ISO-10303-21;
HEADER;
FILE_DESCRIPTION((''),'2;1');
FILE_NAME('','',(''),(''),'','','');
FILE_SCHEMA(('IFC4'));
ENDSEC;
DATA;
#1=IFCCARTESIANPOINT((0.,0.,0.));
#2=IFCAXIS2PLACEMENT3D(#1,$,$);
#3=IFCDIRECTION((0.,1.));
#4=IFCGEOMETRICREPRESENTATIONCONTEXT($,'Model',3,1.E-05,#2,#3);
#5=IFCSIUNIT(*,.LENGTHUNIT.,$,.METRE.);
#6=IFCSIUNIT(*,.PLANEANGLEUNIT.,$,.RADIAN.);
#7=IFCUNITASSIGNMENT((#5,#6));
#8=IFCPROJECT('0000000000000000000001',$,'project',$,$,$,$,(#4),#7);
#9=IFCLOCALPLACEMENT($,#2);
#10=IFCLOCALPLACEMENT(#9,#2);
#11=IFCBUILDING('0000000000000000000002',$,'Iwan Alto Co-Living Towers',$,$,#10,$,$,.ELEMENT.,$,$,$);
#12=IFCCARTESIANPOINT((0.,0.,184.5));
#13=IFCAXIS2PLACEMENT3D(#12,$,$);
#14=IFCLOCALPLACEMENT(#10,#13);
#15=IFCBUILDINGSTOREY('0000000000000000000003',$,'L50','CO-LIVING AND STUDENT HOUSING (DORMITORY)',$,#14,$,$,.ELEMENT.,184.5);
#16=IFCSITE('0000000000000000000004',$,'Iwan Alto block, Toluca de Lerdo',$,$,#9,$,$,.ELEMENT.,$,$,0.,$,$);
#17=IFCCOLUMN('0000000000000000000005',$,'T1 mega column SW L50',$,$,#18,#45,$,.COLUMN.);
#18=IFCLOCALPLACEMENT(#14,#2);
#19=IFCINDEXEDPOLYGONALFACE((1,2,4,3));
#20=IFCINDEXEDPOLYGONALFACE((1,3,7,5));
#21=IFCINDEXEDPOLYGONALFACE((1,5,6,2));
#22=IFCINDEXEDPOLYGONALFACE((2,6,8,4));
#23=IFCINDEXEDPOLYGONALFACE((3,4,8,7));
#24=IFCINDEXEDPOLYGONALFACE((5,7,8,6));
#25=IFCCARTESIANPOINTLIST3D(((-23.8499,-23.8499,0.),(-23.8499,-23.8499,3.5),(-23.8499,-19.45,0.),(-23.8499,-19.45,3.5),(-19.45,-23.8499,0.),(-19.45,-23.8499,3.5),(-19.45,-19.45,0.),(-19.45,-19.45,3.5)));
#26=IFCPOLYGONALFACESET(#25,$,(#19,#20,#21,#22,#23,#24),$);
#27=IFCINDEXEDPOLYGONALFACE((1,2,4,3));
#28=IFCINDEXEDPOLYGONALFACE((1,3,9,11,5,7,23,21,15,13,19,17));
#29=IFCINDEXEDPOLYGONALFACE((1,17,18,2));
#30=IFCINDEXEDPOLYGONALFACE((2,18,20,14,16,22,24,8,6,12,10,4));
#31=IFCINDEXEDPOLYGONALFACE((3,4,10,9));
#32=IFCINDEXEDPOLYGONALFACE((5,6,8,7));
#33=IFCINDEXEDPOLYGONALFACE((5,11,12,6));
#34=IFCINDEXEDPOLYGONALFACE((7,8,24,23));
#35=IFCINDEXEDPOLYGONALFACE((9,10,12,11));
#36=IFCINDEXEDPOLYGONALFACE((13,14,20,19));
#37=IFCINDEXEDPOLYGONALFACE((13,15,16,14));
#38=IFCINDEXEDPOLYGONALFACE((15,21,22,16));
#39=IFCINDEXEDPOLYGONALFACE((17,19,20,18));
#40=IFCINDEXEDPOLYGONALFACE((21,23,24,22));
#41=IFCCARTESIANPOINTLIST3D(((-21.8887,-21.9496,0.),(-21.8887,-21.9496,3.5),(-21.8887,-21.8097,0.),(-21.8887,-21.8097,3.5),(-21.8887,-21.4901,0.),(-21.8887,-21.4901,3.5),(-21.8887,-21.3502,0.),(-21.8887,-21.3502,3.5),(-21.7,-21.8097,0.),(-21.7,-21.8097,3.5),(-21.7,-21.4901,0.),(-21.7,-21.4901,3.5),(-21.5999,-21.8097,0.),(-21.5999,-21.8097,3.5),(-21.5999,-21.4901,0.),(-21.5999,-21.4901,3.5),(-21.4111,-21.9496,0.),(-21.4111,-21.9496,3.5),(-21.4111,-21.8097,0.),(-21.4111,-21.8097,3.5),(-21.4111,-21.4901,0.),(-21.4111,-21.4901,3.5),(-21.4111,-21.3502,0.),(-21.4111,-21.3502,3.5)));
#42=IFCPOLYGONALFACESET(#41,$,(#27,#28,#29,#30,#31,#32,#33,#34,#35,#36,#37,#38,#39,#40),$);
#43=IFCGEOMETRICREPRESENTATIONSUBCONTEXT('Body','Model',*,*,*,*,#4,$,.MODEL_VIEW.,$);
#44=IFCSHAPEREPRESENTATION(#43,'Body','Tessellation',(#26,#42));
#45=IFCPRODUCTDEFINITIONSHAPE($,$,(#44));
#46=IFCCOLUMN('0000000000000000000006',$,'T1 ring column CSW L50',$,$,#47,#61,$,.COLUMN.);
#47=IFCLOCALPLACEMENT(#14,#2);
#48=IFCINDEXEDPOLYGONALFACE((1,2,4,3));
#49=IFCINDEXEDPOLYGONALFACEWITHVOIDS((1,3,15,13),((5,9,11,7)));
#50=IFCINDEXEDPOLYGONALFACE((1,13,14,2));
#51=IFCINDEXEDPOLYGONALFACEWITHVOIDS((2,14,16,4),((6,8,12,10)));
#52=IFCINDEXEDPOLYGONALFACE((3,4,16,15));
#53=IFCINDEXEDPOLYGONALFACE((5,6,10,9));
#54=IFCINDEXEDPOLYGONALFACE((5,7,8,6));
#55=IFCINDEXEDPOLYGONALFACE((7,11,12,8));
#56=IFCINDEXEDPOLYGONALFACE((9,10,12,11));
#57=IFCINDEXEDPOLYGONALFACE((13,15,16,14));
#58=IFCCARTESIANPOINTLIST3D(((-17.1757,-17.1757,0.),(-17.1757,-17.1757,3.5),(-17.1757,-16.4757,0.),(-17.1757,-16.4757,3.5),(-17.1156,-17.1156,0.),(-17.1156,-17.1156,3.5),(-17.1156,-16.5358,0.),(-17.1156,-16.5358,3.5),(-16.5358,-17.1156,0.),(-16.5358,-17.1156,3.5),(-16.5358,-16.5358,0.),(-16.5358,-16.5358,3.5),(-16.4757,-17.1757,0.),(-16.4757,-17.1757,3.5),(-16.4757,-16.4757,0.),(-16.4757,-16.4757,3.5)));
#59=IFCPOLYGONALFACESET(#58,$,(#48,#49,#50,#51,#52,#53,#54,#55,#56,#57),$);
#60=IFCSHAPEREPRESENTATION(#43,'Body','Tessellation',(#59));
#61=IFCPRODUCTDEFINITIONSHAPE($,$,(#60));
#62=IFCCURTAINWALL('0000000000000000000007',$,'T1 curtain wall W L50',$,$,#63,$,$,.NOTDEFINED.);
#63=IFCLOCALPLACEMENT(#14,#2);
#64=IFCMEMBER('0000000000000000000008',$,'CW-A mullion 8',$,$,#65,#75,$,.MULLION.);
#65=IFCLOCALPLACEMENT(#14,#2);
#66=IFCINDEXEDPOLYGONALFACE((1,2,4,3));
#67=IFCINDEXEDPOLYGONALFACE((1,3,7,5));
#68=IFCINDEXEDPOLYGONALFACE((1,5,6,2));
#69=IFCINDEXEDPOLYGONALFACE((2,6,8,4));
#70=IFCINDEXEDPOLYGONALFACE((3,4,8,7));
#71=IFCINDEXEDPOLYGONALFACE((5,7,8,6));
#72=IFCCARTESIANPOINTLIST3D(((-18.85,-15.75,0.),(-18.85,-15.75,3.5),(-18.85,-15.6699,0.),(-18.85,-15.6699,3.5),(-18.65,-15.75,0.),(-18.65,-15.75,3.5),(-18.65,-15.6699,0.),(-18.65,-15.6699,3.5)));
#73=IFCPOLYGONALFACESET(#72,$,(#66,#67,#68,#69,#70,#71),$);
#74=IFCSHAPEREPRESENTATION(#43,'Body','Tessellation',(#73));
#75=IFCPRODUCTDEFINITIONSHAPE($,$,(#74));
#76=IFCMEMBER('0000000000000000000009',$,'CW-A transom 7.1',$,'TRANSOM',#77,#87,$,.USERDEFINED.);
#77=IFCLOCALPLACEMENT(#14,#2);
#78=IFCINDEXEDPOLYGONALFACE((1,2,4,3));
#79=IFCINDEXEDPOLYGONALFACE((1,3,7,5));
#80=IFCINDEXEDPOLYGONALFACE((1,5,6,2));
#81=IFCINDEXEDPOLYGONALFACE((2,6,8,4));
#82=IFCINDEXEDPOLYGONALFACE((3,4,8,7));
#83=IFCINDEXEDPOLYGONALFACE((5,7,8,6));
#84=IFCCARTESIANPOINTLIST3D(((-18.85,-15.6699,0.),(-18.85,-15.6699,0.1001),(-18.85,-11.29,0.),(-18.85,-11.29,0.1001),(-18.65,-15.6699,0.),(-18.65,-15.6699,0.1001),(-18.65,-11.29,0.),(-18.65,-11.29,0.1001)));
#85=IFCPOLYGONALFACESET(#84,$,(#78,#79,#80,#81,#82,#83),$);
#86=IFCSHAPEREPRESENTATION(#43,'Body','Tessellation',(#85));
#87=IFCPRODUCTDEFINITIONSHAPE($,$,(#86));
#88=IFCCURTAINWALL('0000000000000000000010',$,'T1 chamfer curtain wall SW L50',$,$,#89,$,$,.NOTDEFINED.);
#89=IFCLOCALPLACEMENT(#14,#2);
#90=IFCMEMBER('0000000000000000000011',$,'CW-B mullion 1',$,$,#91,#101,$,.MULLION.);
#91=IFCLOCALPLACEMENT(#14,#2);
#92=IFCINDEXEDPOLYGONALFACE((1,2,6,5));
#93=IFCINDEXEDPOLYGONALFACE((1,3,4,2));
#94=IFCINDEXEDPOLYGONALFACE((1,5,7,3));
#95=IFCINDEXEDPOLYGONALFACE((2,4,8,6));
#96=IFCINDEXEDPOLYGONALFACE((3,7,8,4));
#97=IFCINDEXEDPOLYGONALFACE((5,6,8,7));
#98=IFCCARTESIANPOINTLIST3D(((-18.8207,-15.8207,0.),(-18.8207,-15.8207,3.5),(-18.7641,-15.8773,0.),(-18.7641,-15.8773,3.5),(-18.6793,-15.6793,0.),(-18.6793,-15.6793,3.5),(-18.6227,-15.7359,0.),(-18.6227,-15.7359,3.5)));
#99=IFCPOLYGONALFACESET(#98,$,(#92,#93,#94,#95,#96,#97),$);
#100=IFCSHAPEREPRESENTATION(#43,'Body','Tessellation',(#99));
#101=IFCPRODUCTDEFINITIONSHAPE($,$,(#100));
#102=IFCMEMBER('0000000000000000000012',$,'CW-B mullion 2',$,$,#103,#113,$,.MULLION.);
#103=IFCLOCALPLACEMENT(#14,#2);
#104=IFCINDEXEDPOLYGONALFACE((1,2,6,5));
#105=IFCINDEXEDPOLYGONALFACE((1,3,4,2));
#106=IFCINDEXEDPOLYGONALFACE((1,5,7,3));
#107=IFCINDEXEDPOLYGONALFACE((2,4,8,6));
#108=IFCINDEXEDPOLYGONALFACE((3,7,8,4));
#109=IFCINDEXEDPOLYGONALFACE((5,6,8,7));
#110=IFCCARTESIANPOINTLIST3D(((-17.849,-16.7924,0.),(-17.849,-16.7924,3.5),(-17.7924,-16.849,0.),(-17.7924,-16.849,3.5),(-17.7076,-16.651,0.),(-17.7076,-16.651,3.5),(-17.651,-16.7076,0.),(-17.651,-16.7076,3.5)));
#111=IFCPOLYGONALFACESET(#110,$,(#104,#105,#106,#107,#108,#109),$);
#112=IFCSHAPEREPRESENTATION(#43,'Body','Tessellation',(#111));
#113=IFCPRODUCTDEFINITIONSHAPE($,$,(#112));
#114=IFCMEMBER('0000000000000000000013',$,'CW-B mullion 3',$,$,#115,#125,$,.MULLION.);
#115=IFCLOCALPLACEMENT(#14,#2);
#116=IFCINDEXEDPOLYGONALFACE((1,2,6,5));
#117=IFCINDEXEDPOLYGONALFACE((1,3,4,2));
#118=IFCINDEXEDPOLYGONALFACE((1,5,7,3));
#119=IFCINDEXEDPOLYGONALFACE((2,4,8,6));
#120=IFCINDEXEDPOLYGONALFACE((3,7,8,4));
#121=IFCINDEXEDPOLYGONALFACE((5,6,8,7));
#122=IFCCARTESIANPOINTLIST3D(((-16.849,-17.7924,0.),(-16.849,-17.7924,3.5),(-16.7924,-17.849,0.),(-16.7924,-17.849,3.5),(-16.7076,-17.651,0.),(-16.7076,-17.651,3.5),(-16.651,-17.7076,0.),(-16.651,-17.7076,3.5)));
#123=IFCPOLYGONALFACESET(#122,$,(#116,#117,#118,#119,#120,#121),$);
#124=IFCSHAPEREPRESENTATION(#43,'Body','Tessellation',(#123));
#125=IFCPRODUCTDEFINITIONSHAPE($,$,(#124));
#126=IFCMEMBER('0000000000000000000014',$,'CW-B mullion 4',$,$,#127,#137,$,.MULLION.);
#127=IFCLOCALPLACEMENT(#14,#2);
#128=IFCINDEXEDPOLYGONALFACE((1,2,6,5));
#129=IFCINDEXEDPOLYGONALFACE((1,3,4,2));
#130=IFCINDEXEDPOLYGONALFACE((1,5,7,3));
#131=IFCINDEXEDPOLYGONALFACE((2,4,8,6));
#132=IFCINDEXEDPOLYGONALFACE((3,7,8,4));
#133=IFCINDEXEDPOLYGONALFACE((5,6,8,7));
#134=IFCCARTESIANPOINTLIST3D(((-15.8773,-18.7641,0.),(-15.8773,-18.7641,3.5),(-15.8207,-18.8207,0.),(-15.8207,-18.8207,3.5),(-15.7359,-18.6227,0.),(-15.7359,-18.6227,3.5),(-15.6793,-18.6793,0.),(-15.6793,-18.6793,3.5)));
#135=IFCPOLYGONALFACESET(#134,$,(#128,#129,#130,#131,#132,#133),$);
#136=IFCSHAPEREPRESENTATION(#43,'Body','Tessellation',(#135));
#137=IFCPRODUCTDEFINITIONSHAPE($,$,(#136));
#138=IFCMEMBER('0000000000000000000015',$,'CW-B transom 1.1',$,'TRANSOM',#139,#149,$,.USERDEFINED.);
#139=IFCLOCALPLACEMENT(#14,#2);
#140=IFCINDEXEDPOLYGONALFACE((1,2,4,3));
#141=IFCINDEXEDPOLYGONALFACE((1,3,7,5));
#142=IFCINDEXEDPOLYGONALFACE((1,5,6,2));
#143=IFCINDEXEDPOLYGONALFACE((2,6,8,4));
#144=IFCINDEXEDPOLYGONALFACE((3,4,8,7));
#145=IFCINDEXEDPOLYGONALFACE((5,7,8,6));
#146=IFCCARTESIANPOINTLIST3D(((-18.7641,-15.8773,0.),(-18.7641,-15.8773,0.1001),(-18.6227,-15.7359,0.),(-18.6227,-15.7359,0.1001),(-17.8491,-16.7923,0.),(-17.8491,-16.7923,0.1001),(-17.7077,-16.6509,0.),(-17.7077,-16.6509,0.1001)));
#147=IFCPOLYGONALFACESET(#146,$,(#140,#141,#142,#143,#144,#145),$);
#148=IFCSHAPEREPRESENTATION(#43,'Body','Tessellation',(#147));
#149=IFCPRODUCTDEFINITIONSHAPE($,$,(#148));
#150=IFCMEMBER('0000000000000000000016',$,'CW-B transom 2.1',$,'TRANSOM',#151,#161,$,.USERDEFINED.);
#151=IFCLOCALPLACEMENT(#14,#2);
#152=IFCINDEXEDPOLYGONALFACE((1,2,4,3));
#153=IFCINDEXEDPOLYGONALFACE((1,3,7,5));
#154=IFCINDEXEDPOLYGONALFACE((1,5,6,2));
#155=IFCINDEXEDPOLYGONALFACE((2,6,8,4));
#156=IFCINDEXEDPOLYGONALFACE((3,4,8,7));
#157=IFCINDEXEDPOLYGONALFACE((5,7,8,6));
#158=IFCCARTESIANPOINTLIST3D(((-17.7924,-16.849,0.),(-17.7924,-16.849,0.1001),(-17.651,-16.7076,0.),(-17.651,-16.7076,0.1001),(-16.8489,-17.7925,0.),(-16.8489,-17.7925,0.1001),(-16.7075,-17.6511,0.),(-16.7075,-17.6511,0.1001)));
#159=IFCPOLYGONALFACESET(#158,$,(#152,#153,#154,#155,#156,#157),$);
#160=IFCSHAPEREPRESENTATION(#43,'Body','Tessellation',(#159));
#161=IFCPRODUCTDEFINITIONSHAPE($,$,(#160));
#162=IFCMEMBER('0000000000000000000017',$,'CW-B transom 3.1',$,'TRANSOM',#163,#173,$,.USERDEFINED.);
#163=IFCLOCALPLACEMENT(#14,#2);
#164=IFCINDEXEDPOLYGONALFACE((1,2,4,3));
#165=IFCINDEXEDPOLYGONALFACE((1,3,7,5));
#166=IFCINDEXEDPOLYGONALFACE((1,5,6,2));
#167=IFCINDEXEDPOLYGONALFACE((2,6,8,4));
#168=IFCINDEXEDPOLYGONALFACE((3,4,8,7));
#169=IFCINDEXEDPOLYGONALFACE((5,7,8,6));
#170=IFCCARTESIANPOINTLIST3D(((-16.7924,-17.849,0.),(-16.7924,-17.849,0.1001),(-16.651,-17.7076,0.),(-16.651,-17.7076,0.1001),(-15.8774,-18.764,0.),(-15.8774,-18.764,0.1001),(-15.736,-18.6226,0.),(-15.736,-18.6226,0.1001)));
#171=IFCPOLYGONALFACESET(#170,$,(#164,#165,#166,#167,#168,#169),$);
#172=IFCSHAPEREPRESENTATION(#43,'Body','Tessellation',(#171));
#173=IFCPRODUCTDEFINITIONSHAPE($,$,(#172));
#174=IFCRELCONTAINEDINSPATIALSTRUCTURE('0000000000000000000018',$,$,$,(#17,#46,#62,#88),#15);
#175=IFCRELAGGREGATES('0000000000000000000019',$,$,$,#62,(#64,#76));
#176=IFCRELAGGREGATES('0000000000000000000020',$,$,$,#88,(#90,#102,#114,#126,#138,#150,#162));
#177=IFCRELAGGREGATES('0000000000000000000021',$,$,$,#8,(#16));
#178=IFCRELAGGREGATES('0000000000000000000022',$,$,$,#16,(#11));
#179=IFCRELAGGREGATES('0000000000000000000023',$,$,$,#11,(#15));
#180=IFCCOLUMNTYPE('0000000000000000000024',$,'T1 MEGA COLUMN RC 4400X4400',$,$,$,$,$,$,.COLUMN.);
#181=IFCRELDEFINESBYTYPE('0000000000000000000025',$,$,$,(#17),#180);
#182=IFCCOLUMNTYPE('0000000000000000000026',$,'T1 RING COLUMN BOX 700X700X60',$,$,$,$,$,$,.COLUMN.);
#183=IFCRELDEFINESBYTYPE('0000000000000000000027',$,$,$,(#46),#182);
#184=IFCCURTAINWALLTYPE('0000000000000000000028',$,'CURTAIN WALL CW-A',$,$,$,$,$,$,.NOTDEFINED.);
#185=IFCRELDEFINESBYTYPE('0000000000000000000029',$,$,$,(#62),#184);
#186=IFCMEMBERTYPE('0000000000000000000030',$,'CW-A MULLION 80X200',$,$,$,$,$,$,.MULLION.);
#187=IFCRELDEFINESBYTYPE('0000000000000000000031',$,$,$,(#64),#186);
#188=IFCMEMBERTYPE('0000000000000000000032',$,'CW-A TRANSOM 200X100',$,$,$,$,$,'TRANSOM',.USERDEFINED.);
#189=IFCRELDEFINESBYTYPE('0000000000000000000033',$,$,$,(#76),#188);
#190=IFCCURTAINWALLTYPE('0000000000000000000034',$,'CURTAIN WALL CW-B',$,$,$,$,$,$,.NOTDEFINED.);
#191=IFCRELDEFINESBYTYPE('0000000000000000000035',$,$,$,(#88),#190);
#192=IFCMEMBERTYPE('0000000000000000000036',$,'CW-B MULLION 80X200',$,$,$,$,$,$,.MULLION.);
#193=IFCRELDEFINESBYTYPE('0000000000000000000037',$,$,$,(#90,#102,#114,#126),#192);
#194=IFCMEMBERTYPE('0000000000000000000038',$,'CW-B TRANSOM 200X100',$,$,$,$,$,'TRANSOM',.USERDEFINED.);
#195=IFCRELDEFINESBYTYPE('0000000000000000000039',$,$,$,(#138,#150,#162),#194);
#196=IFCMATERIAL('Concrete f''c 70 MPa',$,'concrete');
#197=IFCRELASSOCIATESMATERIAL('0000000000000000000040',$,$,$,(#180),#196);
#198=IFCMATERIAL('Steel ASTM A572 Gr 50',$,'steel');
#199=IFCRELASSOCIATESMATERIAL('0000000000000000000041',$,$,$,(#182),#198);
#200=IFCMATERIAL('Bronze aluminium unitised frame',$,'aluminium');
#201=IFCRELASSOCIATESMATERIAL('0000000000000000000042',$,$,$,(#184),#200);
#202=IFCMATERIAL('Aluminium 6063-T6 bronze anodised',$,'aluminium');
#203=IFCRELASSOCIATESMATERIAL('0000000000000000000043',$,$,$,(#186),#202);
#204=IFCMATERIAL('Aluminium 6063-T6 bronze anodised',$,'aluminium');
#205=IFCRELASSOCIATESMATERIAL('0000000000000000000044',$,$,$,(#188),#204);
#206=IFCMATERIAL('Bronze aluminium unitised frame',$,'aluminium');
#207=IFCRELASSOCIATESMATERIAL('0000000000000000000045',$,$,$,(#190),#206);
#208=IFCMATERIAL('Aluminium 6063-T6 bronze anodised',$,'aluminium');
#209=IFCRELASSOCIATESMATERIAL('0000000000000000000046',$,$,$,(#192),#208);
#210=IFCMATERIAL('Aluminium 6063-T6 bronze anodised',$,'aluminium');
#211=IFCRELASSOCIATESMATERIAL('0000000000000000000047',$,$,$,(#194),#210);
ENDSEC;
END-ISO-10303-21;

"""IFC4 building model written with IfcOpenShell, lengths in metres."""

from ifc_helpers import new_model, si_unit, direction, frame, origin, origin_2d, place, context, subcontext, project, spatial, rectangle, hollow_rectangle, i_section, extrude, material, material_profile, profile_set, type_object, element, aggregate, save


model = new_model("IFC4")

# Units and contexts
model_context = context("Model", 3, precision=1e-05, world=origin(), true_north=direction((0.0, 1.0)))
body_context = subcontext(model_context, "Body", "Model", "MODEL_VIEW")
ifc_project = project(units=[si_unit("LENGTHUNIT", "METRE"), si_unit("PLANEANGLEUNIT", "RADIAN")], contexts=[model_context])

# Site, building, storey
site_placement = place(None, origin())
site = spatial("IfcSite", under=ifc_project, at=site_placement, Name="Iwan Alto block, Toluca de Lerdo", CompositionType="ELEMENT", RefElevation=0.0)
building_placement = place(site_placement, origin())
building = spatial("IfcBuilding", under=site, at=building_placement, Name="Iwan Alto Co-Living Towers", CompositionType="ELEMENT")
storey_placement = place(building_placement, frame((0.0, 0.0, 184.5)))
storey = spatial("IfcBuildingStorey", under=building, at=storey_placement, Name="L50", Description="CO-LIVING AND STUDENT HOUSING (DORMITORY)", CompositionType="ELEMENT", Elevation=184.5)

# Columns
ifc_material_1 = material(Name="Concrete f'c 70 MPa", Category="concrete")
ifc_material_profile_1 = material_profile(ifc_material_1, rectangle(XDim=4.3999, YDim=4.3999, at=origin_2d()), Name="RC 4400X4400")
ifc_profile_set_1 = profile_set([ifc_material_profile_1], Name="Concrete f'c 70 MPa")
column_type_1 = type_object("IfcColumnType", Name="T1 MEGA COLUMN RC 4400X4400", PredefinedType="COLUMN", material=ifc_profile_set_1)
column_1_placement = place(storey_placement, frame((-21.6499, -21.6499, 0.0), z_axis=(0.0, 0.0, 1.0), x_axis=(1.0, 0.0, 0.0)))
element("IfcColumn", 1, at=column_1_placement, inside=storey, type_object=column_type_1, Name="T1 mega column SW L50", PredefinedType="COLUMN", context=body_context, shape_type="SweptSolid", body=[
    extrude(rectangle(XDim=4.3999, YDim=4.3999, at=origin_2d()), origin(), (0.0, 0.0, 1.0), 3.5),
    extrude(i_section(OverallWidth=0.4775, OverallDepth=0.5994, WebThickness=0.1001, FlangeThickness=0.1399, at=origin_2d()), origin(), (0.0, 0.0, 1.0), 3.5),
])
ifc_material_2 = material(Name="Steel ASTM A572 Gr 50", Category="steel")
ifc_material_profile_2 = material_profile(ifc_material_2, hollow_rectangle(XDim=0.7, YDim=0.7, WallThickness=0.0601, at=origin_2d()), Name="BOX 700X700X60")
ifc_profile_set_2 = profile_set([ifc_material_profile_2], Name="Steel ASTM A572 Gr 50")
column_type_2 = type_object("IfcColumnType", Name="T1 RING COLUMN BOX 700X700X60", PredefinedType="COLUMN", material=ifc_profile_set_2)
column_2_placement = place(storey_placement, frame((-16.8257, -16.8257, 0.0), z_axis=(0.0, 0.0, 1.0), x_axis=(1.0, 0.0, 0.0)))
element("IfcColumn", 2, at=column_2_placement, inside=storey, type_object=column_type_2, Name="T1 ring column CSW L50", PredefinedType="COLUMN", context=body_context, shape_type="SweptSolid", body=[
    extrude(hollow_rectangle(XDim=0.7, YDim=0.7, WallThickness=0.0601, at=origin_2d()), origin(), (0.0, 0.0, 1.0), 3.5),
])

# Curtain walls, members
ifc_material_3 = material(Name="Bronze aluminium unitised frame", Category="aluminium")
curtain_wall_type_1 = type_object("IfcCurtainWallType", Name="CURTAIN WALL CW-A", PredefinedType="NOTDEFINED", material=ifc_material_3)
curtain_wall_1_placement = place(storey_placement, origin())
curtain_wall_1 = element("IfcCurtainWall", 3, at=curtain_wall_1_placement, inside=storey, type_object=curtain_wall_type_1, Name="T1 curtain wall W L50", PredefinedType="NOTDEFINED")
ifc_material_4 = material(Name="Aluminium 6063-T6 bronze anodised", Category="aluminium")
ifc_material_profile_3 = material_profile(ifc_material_4, rectangle(XDim=0.2, YDim=0.0801, at=origin_2d()), Name="AL 80X200")
ifc_profile_set_3 = profile_set([ifc_material_profile_3], Name="Aluminium 6063-T6 bronze anodised")
member_type_1 = type_object("IfcMemberType", Name="CW-A MULLION 80X200", PredefinedType="MULLION", material=ifc_profile_set_3)
member_1_placement = place(storey_placement, frame((-18.75, -15.71, 0.0), z_axis=(0.0, 0.0, 1.0), x_axis=(1.0, 0.0, 0.0)))
member_1 = element("IfcMember", 4, at=member_1_placement, type_object=member_type_1, Name="CW-A mullion 8", PredefinedType="MULLION", context=body_context, shape_type="SweptSolid", body=[
    extrude(rectangle(XDim=0.2, YDim=0.0801, at=origin_2d()), origin(), (0.0, 0.0, 1.0), 3.5),
])
ifc_material_5 = material(Name="Aluminium 6063-T6 bronze anodised", Category="aluminium")
ifc_material_profile_4 = material_profile(ifc_material_5, rectangle(XDim=0.2, YDim=0.1001, at=origin_2d()), Name="AL 200X100")
ifc_profile_set_4 = profile_set([ifc_material_profile_4], Name="Aluminium 6063-T6 bronze anodised")
member_type_2 = type_object("IfcMemberType", Name="CW-A TRANSOM 200X100", ElementType="TRANSOM", PredefinedType="USERDEFINED", material=ifc_profile_set_4)
member_2_placement = place(storey_placement, frame((-18.75, -11.29, 0.05), z_axis=(0.0, -1.0, 0.0), x_axis=(1.0, 0.0, 0.0)))
member_2 = element("IfcMember", 5, at=member_2_placement, type_object=member_type_2, Name="CW-A transom 7.1", ObjectType="TRANSOM", PredefinedType="USERDEFINED", context=body_context, shape_type="SweptSolid", body=[
    extrude(rectangle(XDim=0.2, YDim=0.1001, at=origin_2d()), origin(), (0.0, 0.0, 1.0), 4.3799),
])
ifc_material_6 = material(Name="Bronze aluminium unitised frame", Category="aluminium")
curtain_wall_type_2 = type_object("IfcCurtainWallType", Name="CURTAIN WALL CW-B", PredefinedType="NOTDEFINED", material=ifc_material_6)
curtain_wall_2_placement = place(storey_placement, origin())
curtain_wall_2 = element("IfcCurtainWall", 6, at=curtain_wall_2_placement, inside=storey, type_object=curtain_wall_type_2, Name="T1 chamfer curtain wall SW L50", PredefinedType="NOTDEFINED")
ifc_material_7 = material(Name="Aluminium 6063-T6 bronze anodised", Category="aluminium")
ifc_material_profile_5 = material_profile(ifc_material_7, rectangle(XDim=0.2, YDim=0.0801, at=origin_2d()), Name="AL 80X200")
ifc_profile_set_5 = profile_set([ifc_material_profile_5], Name="Aluminium 6063-T6 bronze anodised")
member_type_3 = type_object("IfcMemberType", Name="CW-B MULLION 80X200", PredefinedType="MULLION", material=ifc_profile_set_5)
member_3_placement = place(storey_placement, frame((-18.7217, -15.7783, 0.0), z_axis=(0.0, 0.0, 1.0), x_axis=(0.707107, 0.707107, 0.0)))
member_3 = element("IfcMember", 7, at=member_3_placement, type_object=member_type_3, Name="CW-B mullion 1", PredefinedType="MULLION", context=body_context, shape_type="SweptSolid", body=[
    extrude(rectangle(XDim=0.2, YDim=0.0801, at=origin_2d()), origin(), (0.0, 0.0, 1.0), 3.5),
])
member_4_placement = place(storey_placement, frame((-17.75, -16.75, 0.0), z_axis=(0.0, 0.0, 1.0), x_axis=(0.707107, 0.707107, 0.0)))
member_4 = element("IfcMember", 8, at=member_4_placement, type_object=member_type_3, Name="CW-B mullion 2", PredefinedType="MULLION", context=body_context, shape_type="SweptSolid", body=[
    extrude(rectangle(XDim=0.2, YDim=0.0801, at=origin_2d()), origin(), (0.0, 0.0, 1.0), 3.5),
])
member_5_placement = place(storey_placement, frame((-16.75, -17.75, 0.0), z_axis=(0.0, 0.0, 1.0), x_axis=(0.707107, 0.707107, 0.0)))
member_5 = element("IfcMember", 9, at=member_5_placement, type_object=member_type_3, Name="CW-B mullion 3", PredefinedType="MULLION", context=body_context, shape_type="SweptSolid", body=[
    extrude(rectangle(XDim=0.2, YDim=0.0801, at=origin_2d()), origin(), (0.0, 0.0, 1.0), 3.5),
])
member_6_placement = place(storey_placement, frame((-15.7783, -18.7217, 0.0), z_axis=(0.0, 0.0, 1.0), x_axis=(0.707107, 0.707107, 0.0)))
member_6 = element("IfcMember", 10, at=member_6_placement, type_object=member_type_3, Name="CW-B mullion 4", PredefinedType="MULLION", context=body_context, shape_type="SweptSolid", body=[
    extrude(rectangle(XDim=0.2, YDim=0.0801, at=origin_2d()), origin(), (0.0, 0.0, 1.0), 3.5),
])
ifc_material_8 = material(Name="Aluminium 6063-T6 bronze anodised", Category="aluminium")
ifc_material_profile_6 = material_profile(ifc_material_8, rectangle(XDim=0.2, YDim=0.1001, at=origin_2d()), Name="AL 200X100")
ifc_profile_set_6 = profile_set([ifc_material_profile_6], Name="Aluminium 6063-T6 bronze anodised")
member_type_4 = type_object("IfcMemberType", Name="CW-B TRANSOM 200X100", ElementType="TRANSOM", PredefinedType="USERDEFINED", material=ifc_profile_set_6)
member_7_placement = place(storey_placement, frame((-18.6934, -15.8066, 0.05), z_axis=(0.707107, -0.707107, 0.0), x_axis=(0.707107, 0.707107, 0.0)))
member_7 = element("IfcMember", 11, at=member_7_placement, type_object=member_type_4, Name="CW-B transom 1.1", ObjectType="TRANSOM", PredefinedType="USERDEFINED", context=body_context, shape_type="SweptSolid", body=[
    extrude(rectangle(XDim=0.2, YDim=0.1001, at=origin_2d()), origin(), (0.0, 0.0, 1.0), 1.2939),
])
member_8_placement = place(storey_placement, frame((-17.7217, -16.7783, 0.05), z_axis=(0.707107, -0.707107, 0.0), x_axis=(0.707107, 0.707107, 0.0)))
member_8 = element("IfcMember", 12, at=member_8_placement, type_object=member_type_4, Name="CW-B transom 2.1", ObjectType="TRANSOM", PredefinedType="USERDEFINED", context=body_context, shape_type="SweptSolid", body=[
    extrude(rectangle(XDim=0.2, YDim=0.1001, at=origin_2d()), origin(), (0.0, 0.0, 1.0), 1.3342),
])
member_9_placement = place(storey_placement, frame((-16.7217, -17.7783, 0.05), z_axis=(0.707107, -0.707107, 0.0), x_axis=(0.707107, 0.707107, 0.0)))
member_9 = element("IfcMember", 13, at=member_9_placement, type_object=member_type_4, Name="CW-B transom 3.1", ObjectType="TRANSOM", PredefinedType="USERDEFINED", context=body_context, shape_type="SweptSolid", body=[
    extrude(rectangle(XDim=0.2, YDim=0.1001, at=origin_2d()), origin(), (0.0, 0.0, 1.0), 1.2939),
])

aggregate(curtain_wall_1, [member_1, member_2])
aggregate(curtain_wall_2, [member_3, member_4, member_5, member_6, member_7, member_8, member_9])

save(model, "model.ifc")
